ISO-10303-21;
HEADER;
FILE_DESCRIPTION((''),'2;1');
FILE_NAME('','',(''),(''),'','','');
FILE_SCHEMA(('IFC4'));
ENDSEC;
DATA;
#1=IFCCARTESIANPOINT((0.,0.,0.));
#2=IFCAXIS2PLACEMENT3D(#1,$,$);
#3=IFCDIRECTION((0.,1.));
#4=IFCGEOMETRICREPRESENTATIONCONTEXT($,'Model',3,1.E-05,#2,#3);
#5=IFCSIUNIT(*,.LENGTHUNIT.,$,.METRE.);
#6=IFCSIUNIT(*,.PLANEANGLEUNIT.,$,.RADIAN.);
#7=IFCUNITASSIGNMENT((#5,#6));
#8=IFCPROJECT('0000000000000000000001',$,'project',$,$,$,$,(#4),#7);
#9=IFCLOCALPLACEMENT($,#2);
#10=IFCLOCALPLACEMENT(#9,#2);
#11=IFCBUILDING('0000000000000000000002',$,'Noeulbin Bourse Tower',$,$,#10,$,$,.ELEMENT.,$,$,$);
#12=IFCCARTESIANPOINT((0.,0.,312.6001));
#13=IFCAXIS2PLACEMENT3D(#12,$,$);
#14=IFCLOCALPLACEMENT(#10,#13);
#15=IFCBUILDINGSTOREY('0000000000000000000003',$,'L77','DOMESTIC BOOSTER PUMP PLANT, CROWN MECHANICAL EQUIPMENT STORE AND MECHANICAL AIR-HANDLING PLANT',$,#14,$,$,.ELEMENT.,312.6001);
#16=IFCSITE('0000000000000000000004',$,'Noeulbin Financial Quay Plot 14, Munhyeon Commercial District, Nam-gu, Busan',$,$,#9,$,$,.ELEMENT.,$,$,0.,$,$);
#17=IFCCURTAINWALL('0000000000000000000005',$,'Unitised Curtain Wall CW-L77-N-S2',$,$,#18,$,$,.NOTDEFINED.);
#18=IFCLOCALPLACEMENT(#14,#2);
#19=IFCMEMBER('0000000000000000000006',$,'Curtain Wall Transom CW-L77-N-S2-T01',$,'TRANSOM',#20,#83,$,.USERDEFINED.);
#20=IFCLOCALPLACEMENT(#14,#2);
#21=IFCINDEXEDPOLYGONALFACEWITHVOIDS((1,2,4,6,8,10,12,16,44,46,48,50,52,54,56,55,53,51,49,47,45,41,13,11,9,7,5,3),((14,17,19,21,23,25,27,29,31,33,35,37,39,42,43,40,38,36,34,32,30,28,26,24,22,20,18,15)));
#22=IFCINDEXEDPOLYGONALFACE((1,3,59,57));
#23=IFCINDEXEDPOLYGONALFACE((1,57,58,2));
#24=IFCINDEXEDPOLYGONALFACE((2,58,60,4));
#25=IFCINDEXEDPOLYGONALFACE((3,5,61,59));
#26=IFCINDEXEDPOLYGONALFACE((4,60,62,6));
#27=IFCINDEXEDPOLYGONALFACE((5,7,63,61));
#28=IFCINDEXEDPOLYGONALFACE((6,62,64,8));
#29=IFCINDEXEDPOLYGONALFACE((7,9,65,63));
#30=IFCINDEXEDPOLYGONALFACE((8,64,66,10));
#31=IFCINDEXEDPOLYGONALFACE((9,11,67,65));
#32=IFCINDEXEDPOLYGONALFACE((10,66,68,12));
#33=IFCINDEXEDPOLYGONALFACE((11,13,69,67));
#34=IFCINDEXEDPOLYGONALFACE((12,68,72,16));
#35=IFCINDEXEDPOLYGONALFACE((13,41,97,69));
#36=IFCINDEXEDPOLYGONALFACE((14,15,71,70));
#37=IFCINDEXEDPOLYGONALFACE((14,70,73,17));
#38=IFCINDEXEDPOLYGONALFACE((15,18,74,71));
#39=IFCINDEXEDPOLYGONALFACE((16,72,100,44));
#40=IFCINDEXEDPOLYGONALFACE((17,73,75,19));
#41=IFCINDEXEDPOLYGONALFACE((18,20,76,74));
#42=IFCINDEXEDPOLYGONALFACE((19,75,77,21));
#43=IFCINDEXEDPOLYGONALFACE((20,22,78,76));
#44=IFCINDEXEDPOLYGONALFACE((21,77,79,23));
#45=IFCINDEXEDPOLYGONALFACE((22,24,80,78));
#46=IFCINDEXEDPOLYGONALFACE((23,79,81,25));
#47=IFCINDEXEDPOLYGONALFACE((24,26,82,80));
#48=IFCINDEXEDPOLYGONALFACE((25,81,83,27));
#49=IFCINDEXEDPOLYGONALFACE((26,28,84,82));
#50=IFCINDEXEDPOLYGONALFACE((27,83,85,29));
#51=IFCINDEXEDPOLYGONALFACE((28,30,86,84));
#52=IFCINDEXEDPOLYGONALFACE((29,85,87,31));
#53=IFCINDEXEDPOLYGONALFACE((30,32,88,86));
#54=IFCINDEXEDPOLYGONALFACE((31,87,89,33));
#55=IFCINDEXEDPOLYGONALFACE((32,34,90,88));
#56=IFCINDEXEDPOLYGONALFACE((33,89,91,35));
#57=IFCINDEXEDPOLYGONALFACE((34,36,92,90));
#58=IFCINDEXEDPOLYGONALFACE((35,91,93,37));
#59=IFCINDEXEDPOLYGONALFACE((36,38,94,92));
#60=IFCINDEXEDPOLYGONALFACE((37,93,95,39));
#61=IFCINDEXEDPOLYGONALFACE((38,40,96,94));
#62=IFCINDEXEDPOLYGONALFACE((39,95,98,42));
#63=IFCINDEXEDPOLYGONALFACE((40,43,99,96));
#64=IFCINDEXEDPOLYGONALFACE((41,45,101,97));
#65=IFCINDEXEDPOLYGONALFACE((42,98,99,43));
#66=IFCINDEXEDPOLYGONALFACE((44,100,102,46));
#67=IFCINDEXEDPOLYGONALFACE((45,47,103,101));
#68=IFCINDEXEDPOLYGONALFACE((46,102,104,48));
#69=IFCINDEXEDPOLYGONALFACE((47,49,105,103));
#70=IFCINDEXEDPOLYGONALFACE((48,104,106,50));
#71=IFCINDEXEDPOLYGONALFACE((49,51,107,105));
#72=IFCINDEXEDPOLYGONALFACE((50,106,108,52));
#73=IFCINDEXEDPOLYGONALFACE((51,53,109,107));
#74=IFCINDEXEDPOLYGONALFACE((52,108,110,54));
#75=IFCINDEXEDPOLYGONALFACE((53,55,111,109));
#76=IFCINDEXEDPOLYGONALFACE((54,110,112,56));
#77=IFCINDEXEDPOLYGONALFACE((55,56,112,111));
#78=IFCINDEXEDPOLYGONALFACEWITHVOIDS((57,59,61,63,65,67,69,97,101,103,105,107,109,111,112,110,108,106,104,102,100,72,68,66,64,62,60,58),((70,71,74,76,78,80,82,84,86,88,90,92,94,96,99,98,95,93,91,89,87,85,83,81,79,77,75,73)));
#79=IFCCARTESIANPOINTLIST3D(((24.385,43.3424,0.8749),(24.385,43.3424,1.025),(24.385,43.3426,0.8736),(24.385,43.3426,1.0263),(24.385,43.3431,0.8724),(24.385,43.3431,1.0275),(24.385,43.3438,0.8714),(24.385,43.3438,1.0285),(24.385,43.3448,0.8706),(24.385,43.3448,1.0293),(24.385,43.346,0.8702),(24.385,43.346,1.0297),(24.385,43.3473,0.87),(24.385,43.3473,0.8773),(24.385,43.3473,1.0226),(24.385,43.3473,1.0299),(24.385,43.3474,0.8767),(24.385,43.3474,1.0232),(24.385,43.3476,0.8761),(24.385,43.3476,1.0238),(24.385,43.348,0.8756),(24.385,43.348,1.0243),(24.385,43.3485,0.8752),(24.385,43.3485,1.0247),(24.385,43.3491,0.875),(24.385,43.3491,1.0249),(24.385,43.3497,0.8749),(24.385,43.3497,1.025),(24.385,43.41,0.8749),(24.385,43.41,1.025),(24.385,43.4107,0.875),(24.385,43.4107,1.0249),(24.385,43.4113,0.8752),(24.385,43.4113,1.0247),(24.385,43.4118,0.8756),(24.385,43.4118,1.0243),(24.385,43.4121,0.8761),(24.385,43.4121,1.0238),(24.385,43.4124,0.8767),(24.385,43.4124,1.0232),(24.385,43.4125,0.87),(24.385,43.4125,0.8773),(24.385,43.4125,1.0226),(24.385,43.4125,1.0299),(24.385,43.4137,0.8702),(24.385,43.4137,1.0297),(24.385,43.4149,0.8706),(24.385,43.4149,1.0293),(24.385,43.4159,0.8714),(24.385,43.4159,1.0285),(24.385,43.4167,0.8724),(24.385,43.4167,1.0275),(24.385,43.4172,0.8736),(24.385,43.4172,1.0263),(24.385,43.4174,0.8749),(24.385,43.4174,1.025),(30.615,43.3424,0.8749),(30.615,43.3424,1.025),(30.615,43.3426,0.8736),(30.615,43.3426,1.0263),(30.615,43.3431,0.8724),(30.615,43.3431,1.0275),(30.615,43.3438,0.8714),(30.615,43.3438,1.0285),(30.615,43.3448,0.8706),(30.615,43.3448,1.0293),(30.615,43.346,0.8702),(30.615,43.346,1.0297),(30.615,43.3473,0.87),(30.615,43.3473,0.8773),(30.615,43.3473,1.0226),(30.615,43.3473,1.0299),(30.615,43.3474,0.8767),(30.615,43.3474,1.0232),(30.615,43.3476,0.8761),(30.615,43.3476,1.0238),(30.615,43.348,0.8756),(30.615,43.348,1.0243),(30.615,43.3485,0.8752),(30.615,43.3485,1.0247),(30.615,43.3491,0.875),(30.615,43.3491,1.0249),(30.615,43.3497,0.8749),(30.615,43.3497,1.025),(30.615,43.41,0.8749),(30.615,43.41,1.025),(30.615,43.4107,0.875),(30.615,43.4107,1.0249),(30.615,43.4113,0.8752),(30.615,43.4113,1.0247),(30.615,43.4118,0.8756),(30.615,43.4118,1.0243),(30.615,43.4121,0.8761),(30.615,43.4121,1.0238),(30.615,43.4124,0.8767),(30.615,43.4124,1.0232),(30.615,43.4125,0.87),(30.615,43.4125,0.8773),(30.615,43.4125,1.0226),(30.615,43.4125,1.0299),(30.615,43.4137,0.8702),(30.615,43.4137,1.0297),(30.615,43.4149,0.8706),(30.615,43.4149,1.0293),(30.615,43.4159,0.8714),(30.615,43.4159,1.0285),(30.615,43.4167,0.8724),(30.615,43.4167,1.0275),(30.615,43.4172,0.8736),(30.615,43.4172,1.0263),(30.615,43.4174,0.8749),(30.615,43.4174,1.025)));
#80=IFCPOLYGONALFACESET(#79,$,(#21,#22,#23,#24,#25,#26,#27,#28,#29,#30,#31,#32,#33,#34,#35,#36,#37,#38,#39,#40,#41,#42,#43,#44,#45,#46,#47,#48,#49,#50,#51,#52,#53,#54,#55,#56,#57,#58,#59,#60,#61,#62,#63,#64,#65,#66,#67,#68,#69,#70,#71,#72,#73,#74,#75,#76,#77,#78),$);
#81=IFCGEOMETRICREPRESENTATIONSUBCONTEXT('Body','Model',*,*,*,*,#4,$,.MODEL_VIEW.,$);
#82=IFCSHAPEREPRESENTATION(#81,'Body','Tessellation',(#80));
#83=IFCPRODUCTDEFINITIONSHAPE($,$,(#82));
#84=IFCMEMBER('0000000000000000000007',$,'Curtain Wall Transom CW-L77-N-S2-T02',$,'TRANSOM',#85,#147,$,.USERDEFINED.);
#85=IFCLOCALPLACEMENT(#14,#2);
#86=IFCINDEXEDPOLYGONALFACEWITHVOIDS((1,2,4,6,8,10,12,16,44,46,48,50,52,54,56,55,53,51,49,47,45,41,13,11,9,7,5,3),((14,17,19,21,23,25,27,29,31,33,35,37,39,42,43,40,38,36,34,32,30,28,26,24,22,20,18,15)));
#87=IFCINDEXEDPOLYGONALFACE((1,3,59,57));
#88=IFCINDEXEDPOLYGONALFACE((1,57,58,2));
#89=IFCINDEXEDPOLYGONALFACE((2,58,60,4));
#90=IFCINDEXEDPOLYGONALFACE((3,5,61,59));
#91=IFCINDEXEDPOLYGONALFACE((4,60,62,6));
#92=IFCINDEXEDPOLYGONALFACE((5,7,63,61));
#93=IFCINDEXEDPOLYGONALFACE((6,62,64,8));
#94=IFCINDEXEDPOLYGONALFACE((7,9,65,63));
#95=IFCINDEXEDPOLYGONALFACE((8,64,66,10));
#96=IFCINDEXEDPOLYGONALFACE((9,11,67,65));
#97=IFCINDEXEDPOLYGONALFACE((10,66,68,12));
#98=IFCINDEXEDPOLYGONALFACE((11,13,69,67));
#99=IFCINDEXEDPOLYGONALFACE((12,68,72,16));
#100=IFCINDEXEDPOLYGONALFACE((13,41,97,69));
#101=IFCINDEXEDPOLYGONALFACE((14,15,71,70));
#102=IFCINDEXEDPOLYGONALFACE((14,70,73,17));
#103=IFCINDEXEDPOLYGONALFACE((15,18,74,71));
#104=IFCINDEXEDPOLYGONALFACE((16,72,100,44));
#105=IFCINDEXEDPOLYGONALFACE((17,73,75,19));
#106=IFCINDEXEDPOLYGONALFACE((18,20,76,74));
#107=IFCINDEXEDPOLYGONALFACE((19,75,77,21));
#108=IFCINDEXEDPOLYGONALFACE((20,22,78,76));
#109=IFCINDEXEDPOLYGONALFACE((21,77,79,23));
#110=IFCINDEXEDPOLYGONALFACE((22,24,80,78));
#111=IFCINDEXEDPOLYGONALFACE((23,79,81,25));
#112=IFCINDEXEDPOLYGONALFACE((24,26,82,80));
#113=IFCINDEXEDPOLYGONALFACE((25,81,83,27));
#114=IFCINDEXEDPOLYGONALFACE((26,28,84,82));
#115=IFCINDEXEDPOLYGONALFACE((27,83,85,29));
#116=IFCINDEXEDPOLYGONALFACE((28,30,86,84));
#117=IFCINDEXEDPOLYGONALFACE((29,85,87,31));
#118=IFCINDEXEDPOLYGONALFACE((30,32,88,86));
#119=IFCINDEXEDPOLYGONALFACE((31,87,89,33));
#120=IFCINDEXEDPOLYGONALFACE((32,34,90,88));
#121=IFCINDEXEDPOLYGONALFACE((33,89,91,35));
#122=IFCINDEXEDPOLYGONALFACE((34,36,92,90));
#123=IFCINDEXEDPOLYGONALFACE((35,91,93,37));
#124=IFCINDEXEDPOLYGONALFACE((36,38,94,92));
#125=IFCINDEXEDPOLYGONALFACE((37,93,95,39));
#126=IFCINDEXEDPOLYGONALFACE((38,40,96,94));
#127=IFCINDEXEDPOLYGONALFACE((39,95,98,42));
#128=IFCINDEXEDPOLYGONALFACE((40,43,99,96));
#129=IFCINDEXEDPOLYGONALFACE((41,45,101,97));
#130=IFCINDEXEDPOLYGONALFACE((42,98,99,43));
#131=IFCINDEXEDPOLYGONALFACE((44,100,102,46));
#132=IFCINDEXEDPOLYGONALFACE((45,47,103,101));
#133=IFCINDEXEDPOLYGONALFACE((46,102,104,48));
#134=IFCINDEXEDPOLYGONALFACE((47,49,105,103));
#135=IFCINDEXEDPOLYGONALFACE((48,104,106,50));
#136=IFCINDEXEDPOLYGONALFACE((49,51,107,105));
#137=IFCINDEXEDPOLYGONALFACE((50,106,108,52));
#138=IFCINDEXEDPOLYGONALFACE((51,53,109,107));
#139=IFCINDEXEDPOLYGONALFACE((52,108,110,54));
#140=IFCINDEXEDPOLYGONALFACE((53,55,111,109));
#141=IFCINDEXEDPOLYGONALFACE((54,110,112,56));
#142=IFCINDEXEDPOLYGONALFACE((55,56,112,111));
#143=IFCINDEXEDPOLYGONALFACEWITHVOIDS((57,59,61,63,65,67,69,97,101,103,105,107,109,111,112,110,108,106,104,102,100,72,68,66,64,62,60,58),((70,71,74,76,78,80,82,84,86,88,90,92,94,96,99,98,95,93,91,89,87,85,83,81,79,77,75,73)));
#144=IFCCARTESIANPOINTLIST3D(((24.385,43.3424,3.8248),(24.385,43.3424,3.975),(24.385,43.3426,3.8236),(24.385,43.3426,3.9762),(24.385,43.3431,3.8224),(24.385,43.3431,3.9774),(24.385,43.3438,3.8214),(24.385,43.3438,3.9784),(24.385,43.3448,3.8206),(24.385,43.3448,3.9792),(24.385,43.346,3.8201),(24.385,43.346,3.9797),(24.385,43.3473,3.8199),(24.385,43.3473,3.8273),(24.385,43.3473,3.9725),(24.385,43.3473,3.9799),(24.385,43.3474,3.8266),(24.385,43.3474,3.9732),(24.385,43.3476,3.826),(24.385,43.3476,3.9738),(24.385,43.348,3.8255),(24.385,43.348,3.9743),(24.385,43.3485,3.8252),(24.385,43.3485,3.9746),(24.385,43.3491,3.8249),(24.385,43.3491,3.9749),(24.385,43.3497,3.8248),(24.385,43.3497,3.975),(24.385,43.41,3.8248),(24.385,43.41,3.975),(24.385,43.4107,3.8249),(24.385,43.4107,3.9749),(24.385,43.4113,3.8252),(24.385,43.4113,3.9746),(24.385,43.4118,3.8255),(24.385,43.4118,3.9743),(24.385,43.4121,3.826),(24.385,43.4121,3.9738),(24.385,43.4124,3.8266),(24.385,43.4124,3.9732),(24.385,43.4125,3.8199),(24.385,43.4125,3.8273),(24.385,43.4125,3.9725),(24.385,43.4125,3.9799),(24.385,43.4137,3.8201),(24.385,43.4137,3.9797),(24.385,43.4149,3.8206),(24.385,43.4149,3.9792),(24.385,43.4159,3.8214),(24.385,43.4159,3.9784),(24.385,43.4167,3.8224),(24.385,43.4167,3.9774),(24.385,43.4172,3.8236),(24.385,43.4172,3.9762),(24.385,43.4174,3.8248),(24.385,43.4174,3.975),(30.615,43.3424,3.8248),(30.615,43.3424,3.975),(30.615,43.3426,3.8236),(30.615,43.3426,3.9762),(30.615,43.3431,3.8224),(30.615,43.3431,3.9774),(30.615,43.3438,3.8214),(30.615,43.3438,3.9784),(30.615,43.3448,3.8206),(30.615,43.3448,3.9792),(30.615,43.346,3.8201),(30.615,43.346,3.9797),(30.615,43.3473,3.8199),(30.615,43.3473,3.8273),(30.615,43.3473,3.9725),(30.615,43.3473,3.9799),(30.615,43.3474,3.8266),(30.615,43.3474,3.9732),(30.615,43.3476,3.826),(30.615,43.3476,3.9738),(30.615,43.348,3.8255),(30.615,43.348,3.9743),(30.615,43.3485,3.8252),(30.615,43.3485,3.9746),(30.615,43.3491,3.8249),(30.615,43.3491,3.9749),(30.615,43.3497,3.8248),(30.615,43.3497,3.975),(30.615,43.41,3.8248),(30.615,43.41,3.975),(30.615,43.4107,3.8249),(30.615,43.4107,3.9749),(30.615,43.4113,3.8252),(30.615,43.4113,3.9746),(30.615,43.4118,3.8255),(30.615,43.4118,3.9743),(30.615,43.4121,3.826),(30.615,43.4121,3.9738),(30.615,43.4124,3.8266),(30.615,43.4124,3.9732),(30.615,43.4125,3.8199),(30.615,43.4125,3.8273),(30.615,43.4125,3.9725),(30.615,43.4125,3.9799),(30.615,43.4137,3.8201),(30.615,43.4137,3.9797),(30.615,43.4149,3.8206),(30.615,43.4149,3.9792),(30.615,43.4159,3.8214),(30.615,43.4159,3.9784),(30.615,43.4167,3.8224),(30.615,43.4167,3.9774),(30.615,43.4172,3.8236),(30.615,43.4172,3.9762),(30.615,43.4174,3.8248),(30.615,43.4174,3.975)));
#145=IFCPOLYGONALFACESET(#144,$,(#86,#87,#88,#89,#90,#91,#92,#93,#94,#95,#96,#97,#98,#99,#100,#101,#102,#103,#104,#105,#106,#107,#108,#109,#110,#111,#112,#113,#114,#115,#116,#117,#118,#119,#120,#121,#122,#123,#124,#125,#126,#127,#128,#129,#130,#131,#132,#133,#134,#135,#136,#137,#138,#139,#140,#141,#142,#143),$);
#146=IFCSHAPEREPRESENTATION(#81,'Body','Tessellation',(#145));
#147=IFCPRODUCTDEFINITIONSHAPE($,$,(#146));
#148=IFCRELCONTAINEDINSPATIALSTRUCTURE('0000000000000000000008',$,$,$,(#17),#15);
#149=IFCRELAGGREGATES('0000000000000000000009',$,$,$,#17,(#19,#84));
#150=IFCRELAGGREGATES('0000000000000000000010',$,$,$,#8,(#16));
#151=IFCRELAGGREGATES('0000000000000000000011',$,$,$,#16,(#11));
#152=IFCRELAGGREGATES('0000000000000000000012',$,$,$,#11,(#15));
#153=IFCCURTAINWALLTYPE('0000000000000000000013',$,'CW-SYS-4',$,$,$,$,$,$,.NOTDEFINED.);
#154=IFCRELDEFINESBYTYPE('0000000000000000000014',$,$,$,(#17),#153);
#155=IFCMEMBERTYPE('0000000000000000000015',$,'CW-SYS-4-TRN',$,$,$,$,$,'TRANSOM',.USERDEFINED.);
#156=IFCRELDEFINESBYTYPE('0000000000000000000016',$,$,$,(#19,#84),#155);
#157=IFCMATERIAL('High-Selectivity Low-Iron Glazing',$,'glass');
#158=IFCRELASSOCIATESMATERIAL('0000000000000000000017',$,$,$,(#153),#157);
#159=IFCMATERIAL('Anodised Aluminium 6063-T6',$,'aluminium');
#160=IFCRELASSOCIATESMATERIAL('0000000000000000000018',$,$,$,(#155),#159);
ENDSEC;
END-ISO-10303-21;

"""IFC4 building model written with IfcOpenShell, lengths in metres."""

from ifc_helpers import new_model, si_unit, direction, frame, origin, origin_2d, place, context, subcontext, project, spatial, hollow_rectangle, extrude, material, material_profile, profile_set, type_object, element, aggregate, save


model = new_model("IFC4")

# Units and contexts
model_context = context("Model", 3, precision=1e-05, world=origin(), true_north=direction((0.0, 1.0)))
body_context = subcontext(model_context, "Body", "Model", "MODEL_VIEW")
ifc_project = project(units=[si_unit("LENGTHUNIT", "METRE"), si_unit("PLANEANGLEUNIT", "RADIAN")], contexts=[model_context])

# Site, building, storey
site_placement = place(None, origin())
site = spatial("IfcSite", under=ifc_project, at=site_placement, Name="Noeulbin Financial Quay Plot 14, Munhyeon Commercial District, Nam-gu, Busan", CompositionType="ELEMENT", RefElevation=0.0)
building_placement = place(site_placement, origin())
building = spatial("IfcBuilding", under=site, at=building_placement, Name="Noeulbin Bourse Tower", CompositionType="ELEMENT")
storey_placement = place(building_placement, frame((0.0, 0.0, 312.6001)))
storey = spatial("IfcBuildingStorey", under=building, at=storey_placement, Name="L77", Description="DOMESTIC BOOSTER PUMP PLANT, CROWN MECHANICAL EQUIPMENT STORE AND MECHANICAL AIR-HANDLING PLANT", CompositionType="ELEMENT", Elevation=312.6001)

# Curtain wall
ifc_material_1 = material(Name="High-Selectivity Low-Iron Glazing", Category="glass")
curtain_wall_type = type_object("IfcCurtainWallType", Name="CW-SYS-4", PredefinedType="NOTDEFINED", material=ifc_material_1)
curtain_wall_1_placement = place(storey_placement, origin())
curtain_wall_1 = element("IfcCurtainWall", 1, at=curtain_wall_1_placement, inside=storey, type_object=curtain_wall_type, Name="Unitised Curtain Wall CW-L77-N-S2", PredefinedType="NOTDEFINED")
ifc_material_2 = material(Name="Anodised Aluminium 6063-T6", Category="aluminium")

# Members
ifc_material_profile_1 = material_profile(ifc_material_2, hollow_rectangle(XDim=0.075, YDim=0.1599, WallThickness=0.0049, InnerFilletRadius=0.0024, OuterFilletRadius=0.0049, at=origin_2d()), Name="ALU-TRAN-75x160x5", Category="LoadBearing")
ifc_profile_set_1 = profile_set([ifc_material_profile_1], Name="Anodised Aluminium 6063-T6")
member_type_1 = type_object("IfcMemberType", Name="CW-SYS-4-TRN", ElementType="TRANSOM", PredefinedType="USERDEFINED", material=ifc_profile_set_1)
member_1_placement = place(storey_placement, frame((24.385, 43.3799, 0.95), z_axis=(1.0, 0.0, 0.0), x_axis=(0.0, 1.0, 0.0)))
member_1 = element("IfcMember", 2, at=member_1_placement, type_object=member_type_1, Name="Curtain Wall Transom CW-L77-N-S2-T01", ObjectType="TRANSOM", PredefinedType="USERDEFINED", context=body_context, shape_type="SweptSolid", body=[
    extrude(hollow_rectangle(XDim=0.075, YDim=0.1599, WallThickness=0.0049, InnerFilletRadius=0.0024, OuterFilletRadius=0.0049, at=origin_2d()), origin(), (0.0, 0.0, 1.0), 6.23),
])
member_2_placement = place(storey_placement, frame((24.385, 43.3799, 3.8999), z_axis=(1.0, 0.0, 0.0), x_axis=(0.0, 1.0, 0.0)))
member_2 = element("IfcMember", 3, at=member_2_placement, type_object=member_type_1, Name="Curtain Wall Transom CW-L77-N-S2-T02", ObjectType="TRANSOM", PredefinedType="USERDEFINED", context=body_context, shape_type="SweptSolid", body=[
    extrude(hollow_rectangle(XDim=0.075, YDim=0.1599, WallThickness=0.0049, InnerFilletRadius=0.0024, OuterFilletRadius=0.0049, at=origin_2d()), origin(), (0.0, 0.0, 1.0), 6.23),
])

aggregate(curtain_wall_1, [member_1, member_2])

save(model, "model.ifc")
